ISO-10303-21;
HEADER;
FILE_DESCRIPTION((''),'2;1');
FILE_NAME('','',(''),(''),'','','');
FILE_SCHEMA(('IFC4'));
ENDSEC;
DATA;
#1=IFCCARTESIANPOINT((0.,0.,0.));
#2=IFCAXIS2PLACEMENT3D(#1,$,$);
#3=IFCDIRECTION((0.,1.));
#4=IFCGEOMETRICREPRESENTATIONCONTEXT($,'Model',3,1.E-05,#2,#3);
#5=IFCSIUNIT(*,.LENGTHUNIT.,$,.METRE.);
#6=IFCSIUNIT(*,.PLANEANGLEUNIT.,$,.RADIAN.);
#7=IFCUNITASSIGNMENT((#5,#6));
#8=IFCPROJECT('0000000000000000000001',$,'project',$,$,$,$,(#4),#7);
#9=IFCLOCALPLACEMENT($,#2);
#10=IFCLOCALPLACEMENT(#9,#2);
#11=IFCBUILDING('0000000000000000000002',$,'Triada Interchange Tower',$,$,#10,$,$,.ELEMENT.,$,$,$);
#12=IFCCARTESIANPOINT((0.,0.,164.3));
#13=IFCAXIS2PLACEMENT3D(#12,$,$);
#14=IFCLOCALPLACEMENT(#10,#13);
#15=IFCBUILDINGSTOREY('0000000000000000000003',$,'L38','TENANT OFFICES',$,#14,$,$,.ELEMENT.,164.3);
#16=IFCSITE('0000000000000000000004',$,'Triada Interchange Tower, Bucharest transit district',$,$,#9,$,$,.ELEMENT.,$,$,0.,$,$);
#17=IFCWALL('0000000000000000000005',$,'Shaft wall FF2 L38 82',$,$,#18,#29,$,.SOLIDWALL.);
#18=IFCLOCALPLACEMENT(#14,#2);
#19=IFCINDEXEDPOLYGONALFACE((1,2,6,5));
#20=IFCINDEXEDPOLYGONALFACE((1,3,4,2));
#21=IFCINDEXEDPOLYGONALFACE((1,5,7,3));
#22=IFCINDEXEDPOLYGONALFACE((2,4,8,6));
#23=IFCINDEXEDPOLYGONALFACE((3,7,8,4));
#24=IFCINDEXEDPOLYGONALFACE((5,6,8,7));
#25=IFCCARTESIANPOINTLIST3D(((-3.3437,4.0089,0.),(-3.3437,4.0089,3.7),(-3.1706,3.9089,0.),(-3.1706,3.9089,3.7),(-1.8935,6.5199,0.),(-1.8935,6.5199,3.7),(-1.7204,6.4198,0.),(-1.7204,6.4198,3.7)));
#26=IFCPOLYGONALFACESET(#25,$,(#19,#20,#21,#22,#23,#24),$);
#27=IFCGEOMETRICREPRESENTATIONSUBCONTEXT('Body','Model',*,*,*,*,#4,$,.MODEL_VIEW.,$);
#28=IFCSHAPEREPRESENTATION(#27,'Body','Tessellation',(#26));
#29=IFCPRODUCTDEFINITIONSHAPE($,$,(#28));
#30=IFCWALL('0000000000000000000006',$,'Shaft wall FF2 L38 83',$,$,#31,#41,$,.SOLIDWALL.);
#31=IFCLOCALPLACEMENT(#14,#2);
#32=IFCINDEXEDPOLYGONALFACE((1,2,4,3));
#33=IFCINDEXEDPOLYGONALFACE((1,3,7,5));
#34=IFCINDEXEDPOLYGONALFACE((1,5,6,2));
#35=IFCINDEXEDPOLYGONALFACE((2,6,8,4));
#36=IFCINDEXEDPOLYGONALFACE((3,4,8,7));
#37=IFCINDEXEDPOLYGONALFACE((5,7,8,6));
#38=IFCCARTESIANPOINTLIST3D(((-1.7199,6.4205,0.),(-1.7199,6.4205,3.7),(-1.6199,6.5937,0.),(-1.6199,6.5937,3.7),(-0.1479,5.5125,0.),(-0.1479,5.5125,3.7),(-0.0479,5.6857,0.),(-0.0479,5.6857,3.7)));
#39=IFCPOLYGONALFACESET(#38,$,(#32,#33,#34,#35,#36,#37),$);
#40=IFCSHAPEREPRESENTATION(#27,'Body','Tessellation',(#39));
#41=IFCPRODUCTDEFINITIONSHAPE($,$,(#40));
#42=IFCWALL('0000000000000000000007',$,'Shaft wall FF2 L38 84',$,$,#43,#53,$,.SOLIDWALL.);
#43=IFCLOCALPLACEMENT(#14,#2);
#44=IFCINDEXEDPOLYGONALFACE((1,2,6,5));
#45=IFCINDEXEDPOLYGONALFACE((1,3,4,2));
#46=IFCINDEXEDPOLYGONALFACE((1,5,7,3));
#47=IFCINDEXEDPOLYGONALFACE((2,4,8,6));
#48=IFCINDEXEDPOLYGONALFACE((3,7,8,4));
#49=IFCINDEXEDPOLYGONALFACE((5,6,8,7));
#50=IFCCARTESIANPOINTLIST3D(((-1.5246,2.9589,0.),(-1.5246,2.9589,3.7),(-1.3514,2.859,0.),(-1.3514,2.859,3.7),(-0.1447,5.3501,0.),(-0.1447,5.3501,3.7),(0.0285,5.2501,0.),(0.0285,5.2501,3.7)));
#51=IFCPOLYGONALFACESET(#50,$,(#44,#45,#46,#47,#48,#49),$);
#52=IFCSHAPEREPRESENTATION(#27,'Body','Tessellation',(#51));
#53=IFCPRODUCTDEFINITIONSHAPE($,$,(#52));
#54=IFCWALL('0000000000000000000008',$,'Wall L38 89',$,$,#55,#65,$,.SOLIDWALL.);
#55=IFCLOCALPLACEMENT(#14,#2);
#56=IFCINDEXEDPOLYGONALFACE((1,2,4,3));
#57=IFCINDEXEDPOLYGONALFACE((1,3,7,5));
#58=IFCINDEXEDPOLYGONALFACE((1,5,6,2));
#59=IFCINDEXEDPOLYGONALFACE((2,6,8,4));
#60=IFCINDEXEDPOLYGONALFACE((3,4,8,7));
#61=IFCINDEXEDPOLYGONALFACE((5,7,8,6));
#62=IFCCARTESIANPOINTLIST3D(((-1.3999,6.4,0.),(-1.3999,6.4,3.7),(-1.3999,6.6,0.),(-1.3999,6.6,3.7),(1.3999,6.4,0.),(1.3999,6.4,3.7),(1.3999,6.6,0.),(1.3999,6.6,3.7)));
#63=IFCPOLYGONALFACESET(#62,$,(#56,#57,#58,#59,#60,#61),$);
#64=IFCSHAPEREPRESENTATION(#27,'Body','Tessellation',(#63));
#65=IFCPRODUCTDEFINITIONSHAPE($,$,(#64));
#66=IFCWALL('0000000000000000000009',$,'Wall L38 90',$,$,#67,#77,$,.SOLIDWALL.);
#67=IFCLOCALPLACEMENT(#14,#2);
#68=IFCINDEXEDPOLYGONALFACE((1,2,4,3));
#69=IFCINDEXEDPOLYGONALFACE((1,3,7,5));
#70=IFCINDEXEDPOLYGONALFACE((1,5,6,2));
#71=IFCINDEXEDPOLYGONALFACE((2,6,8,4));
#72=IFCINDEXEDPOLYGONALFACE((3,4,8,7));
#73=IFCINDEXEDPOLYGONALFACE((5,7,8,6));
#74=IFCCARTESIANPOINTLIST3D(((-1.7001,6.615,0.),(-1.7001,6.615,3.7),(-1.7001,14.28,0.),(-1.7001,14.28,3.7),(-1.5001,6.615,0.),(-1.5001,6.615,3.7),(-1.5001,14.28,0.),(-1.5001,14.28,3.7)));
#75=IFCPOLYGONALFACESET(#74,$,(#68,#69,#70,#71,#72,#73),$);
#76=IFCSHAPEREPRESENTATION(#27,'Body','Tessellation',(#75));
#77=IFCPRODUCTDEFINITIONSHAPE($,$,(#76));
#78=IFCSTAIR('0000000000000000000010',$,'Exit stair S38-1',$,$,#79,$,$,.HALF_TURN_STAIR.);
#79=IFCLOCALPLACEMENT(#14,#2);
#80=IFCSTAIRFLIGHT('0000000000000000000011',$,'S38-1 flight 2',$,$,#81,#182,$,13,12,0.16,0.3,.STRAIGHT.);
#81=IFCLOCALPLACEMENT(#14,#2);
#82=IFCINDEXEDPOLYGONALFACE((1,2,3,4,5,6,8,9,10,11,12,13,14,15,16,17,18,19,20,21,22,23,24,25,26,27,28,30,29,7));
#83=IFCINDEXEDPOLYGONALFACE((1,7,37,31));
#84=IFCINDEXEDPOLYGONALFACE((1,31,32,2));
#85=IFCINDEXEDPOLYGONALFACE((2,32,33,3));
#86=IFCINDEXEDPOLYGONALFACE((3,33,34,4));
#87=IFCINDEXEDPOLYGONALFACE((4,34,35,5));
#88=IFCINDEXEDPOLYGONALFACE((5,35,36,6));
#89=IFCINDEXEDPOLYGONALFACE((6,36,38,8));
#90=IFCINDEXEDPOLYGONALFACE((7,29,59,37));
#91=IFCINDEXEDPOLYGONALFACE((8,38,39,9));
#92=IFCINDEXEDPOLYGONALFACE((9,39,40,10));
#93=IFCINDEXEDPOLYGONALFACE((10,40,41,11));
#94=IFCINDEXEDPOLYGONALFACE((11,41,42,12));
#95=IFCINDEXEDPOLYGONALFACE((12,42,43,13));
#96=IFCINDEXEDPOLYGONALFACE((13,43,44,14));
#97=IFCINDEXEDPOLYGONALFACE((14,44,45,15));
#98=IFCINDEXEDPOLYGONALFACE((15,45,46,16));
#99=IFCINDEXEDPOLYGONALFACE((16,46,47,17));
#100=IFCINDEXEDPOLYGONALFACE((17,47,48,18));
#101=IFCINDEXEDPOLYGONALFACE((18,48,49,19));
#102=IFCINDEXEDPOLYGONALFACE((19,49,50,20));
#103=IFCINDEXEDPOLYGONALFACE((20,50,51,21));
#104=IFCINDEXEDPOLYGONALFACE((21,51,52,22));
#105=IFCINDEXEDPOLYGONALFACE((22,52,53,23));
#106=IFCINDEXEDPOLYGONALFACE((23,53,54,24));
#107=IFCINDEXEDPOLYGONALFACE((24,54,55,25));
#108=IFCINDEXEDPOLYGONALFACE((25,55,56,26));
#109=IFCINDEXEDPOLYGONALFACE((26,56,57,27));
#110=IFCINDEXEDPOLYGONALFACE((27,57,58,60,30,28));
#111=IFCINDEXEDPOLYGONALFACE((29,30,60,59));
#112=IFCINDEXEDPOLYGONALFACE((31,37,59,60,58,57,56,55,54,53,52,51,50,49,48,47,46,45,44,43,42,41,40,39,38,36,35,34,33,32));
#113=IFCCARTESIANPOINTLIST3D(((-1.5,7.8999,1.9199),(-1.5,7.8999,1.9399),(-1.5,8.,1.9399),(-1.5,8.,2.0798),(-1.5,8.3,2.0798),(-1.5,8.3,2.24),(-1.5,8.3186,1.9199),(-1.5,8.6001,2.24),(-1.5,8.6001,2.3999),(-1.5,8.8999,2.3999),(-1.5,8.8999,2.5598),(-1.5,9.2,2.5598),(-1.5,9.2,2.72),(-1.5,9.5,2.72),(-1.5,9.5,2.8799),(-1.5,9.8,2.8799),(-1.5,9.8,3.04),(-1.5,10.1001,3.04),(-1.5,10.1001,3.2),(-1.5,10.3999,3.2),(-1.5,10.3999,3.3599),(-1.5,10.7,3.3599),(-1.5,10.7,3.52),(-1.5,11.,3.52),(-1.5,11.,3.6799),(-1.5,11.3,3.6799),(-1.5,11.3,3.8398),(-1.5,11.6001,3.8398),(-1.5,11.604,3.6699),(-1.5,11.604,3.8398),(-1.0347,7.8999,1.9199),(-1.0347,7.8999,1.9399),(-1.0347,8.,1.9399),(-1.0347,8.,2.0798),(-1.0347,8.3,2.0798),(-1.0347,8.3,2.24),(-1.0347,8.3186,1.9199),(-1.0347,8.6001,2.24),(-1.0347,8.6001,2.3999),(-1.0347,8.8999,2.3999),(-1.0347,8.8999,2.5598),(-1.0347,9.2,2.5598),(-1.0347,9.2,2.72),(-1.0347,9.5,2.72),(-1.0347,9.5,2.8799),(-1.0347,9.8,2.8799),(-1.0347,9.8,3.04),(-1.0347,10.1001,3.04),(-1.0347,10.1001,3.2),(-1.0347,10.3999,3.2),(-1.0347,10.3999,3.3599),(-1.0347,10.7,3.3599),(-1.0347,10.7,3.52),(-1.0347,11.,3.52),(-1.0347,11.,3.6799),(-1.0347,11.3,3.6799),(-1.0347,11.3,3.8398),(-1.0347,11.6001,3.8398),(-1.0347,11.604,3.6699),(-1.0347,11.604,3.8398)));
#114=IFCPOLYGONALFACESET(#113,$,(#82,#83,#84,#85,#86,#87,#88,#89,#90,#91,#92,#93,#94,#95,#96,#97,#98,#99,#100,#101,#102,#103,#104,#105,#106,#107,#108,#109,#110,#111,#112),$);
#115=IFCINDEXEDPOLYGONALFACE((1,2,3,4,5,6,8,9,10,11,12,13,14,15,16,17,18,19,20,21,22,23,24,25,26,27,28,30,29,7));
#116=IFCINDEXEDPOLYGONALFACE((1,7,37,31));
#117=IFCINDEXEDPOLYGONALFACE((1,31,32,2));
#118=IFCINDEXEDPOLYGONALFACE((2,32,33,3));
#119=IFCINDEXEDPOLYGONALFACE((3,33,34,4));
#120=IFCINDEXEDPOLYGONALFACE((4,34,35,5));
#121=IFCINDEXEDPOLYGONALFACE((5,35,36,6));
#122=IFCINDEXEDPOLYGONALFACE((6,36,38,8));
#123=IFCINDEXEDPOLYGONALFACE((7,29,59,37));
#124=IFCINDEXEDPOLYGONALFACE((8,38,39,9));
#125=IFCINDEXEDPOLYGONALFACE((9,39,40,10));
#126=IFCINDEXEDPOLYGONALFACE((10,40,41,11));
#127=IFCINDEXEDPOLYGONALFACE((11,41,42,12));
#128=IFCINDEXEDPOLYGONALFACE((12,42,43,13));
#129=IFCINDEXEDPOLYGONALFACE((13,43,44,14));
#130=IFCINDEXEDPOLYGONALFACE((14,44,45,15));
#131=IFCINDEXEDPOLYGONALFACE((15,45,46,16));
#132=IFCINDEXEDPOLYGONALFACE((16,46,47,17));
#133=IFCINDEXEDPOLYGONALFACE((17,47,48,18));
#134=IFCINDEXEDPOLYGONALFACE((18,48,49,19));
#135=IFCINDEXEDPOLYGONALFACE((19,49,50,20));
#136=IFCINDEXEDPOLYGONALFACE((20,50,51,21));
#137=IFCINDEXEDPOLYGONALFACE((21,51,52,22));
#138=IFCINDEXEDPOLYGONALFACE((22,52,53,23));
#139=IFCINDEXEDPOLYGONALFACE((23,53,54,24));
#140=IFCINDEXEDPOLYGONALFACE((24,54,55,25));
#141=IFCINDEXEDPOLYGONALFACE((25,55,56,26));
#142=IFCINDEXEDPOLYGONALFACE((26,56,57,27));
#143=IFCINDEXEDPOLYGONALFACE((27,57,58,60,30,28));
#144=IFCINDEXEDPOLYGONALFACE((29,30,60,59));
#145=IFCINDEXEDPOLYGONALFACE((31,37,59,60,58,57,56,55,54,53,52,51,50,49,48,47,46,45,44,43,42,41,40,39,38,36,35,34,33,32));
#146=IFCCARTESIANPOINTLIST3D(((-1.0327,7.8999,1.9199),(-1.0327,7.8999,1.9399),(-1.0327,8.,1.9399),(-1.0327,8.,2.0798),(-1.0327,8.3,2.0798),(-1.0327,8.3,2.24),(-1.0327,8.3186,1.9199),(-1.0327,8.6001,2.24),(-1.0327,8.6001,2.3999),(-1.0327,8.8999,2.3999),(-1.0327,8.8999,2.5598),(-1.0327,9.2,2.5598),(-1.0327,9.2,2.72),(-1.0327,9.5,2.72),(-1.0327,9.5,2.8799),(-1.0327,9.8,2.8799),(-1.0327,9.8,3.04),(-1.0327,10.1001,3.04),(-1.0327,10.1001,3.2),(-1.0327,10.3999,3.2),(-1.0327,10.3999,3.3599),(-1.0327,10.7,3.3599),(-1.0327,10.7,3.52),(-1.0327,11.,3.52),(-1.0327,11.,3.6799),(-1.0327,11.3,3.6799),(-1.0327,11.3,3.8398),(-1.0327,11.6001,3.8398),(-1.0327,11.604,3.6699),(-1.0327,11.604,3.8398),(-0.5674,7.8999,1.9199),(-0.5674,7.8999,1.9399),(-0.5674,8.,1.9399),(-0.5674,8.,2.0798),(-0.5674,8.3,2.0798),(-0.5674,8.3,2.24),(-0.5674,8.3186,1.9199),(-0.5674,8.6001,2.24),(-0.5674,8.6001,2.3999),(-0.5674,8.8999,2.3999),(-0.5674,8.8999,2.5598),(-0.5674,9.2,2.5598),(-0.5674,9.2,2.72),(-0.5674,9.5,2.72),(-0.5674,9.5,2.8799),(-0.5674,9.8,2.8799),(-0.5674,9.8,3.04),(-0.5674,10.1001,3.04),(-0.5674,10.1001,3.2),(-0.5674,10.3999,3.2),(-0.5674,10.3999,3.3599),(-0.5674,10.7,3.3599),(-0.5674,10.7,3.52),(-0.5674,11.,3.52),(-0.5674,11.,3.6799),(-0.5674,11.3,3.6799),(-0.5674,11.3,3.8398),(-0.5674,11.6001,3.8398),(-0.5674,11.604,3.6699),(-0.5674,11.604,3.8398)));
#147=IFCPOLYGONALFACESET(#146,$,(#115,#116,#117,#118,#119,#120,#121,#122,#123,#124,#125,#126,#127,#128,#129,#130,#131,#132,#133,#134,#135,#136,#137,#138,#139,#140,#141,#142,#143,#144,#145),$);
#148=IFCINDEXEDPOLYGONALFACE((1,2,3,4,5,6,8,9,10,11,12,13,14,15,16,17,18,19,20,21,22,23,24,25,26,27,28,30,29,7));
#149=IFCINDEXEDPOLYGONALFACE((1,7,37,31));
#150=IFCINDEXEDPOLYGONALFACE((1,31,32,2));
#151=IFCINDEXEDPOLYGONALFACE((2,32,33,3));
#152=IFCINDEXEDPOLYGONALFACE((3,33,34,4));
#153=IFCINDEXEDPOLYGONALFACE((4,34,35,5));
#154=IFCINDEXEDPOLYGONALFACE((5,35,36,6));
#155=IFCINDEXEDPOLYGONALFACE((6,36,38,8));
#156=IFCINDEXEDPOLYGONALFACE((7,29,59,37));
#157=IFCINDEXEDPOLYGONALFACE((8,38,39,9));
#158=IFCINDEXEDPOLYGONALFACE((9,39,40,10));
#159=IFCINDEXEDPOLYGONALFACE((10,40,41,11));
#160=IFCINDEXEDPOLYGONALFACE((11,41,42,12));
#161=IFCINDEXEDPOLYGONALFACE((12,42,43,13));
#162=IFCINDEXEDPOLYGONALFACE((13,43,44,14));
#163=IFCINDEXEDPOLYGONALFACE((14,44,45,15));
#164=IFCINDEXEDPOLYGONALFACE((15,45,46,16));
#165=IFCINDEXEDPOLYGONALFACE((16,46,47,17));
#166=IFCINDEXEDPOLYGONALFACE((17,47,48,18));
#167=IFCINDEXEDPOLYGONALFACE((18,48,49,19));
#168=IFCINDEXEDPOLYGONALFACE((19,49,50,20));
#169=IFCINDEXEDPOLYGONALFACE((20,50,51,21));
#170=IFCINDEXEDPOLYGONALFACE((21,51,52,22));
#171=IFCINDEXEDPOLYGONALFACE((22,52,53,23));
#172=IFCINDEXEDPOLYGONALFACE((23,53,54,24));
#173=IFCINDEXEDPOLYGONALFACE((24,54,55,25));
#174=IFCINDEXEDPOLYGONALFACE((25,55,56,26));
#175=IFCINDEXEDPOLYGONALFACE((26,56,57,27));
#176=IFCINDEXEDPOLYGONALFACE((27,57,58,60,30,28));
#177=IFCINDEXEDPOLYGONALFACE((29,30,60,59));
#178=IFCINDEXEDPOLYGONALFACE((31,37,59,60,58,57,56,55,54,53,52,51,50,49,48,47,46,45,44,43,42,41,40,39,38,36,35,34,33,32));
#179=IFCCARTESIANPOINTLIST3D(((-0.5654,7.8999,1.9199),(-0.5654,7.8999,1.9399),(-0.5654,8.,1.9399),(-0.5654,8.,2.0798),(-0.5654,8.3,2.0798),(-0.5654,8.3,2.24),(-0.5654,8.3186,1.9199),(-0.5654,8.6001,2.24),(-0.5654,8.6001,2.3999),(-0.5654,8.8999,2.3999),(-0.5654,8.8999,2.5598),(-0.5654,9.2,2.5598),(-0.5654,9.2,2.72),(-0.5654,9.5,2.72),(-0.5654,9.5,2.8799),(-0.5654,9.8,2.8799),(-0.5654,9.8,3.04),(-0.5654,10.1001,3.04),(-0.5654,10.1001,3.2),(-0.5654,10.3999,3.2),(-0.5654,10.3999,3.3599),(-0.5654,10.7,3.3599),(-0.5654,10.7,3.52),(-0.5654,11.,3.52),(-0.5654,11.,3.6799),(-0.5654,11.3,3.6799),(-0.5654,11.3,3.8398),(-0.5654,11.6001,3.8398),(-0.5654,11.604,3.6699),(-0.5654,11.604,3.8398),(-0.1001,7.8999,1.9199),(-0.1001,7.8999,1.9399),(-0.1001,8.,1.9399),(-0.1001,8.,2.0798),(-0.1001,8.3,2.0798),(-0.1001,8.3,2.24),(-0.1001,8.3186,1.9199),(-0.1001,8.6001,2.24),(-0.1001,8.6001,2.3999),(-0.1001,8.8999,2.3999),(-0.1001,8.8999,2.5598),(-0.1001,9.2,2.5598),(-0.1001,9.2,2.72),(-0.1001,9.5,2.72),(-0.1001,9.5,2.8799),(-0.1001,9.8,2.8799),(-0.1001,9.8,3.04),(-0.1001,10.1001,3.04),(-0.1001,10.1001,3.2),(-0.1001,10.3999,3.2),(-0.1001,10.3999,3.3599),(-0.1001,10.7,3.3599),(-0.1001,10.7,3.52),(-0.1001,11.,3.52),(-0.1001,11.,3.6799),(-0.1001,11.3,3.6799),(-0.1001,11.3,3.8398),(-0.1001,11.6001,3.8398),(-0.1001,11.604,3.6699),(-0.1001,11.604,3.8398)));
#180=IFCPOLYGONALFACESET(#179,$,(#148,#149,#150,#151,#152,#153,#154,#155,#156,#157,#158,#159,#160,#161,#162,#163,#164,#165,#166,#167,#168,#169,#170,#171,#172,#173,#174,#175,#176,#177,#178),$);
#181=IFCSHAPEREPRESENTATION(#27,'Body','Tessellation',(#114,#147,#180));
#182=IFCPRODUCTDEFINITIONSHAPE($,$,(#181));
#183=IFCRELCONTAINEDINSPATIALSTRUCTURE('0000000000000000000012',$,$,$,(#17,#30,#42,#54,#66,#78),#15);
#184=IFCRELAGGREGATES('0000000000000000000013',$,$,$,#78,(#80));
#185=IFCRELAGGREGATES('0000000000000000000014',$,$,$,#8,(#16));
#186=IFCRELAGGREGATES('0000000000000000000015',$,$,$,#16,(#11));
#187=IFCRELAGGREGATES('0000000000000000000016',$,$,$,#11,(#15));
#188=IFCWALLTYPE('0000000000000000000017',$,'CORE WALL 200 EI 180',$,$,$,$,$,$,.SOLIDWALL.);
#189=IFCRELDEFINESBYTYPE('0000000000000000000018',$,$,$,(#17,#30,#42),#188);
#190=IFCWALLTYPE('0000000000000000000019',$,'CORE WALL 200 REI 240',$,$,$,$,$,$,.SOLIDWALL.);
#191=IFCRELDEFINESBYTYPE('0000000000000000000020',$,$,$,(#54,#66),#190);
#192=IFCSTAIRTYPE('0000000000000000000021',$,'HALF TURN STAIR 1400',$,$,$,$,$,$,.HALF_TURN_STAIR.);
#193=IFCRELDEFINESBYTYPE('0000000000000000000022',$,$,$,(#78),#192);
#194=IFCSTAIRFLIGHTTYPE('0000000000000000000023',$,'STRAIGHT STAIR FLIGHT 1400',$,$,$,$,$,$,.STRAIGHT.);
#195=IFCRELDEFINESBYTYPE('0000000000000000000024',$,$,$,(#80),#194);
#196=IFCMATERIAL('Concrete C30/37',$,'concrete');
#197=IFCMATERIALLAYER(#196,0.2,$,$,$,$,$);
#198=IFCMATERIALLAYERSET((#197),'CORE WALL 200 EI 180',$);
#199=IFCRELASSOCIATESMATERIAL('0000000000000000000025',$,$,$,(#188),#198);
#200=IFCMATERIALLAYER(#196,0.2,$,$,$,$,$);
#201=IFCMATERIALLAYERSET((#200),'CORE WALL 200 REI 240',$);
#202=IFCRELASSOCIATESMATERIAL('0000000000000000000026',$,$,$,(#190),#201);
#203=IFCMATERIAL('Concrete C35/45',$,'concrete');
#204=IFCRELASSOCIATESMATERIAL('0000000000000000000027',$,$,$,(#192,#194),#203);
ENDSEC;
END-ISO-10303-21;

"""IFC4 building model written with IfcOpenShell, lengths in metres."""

from ifc_helpers import new_model, si_unit, direction, frame, frame_2d, origin, place, context, subcontext, project, spatial, polyline, rectangle, outline, extrude, material, layer, layer_set, type_object, element, aggregate, save


model = new_model("IFC4")

# Units and contexts
model_context = context("Model", 3, precision=1e-05, world=origin(), true_north=direction((0.0, 1.0)))
body_context = subcontext(model_context, "Body", "Model", "MODEL_VIEW")
ifc_project = project(units=[si_unit("LENGTHUNIT", "METRE"), si_unit("PLANEANGLEUNIT", "RADIAN")], contexts=[model_context])

# Site, building, storey
site_placement = place(None, origin())
site = spatial("IfcSite", under=ifc_project, at=site_placement, Name="Triada Interchange Tower, Bucharest transit district", CompositionType="ELEMENT", RefElevation=0.0)
building_placement = place(site_placement, origin())
building = spatial("IfcBuilding", under=site, at=building_placement, Name="Triada Interchange Tower", CompositionType="ELEMENT")
storey_placement = place(building_placement, frame((0.0, 0.0, 164.3)))
storey = spatial("IfcBuildingStorey", under=building, at=storey_placement, Name="L38", Description="TENANT OFFICES", CompositionType="ELEMENT", Elevation=164.3)

# Shared definitions
ifc_material_1 = material(Name="Concrete C30/37", Category="concrete")
ifc_layer_1 = layer(ifc_material_1, 0.2)
ifc_layer_set_1 = layer_set([ifc_layer_1], Name="CORE WALL 200 EI 180")
wall_type_1 = type_object("IfcWallType", Name="CORE WALL 200 EI 180", PredefinedType="SOLIDWALL", material=ifc_layer_set_1)

# Walls
wall_1_placement = place(storey_placement, frame((-3.2571, 3.959, 0.0), z_axis=(0.0, 0.0, 1.0), x_axis=(0.500123, 0.865954, 0.0)))
element("IfcWall", 1, at=wall_1_placement, inside=storey, type_object=wall_type_1, Name="Shaft wall FF2 L38 82", PredefinedType="SOLIDWALL", context=body_context, shape_type="SweptSolid", body=[
    extrude(rectangle(XDim=2.8997, YDim=0.2, at=frame_2d((1.4497, 0.0))), origin(), (0.0, 0.0, 1.0), 3.7),
])
wall_2_placement = place(storey_placement, frame((-1.6699, 6.5071, 0.0), z_axis=(0.0, 0.0, 1.0), x_axis=(0.865941, -0.500145, 0.0)))
element("IfcWall", 2, at=wall_2_placement, inside=storey, type_object=wall_type_1, Name="Shaft wall FF2 L38 83", PredefinedType="SOLIDWALL", context=body_context, shape_type="SweptSolid", body=[
    extrude(rectangle(XDim=1.8154, YDim=0.2, at=frame_2d((0.9077, 0.0))), origin(), (0.0, 0.0, 1.0), 3.7),
])
wall_3_placement = place(storey_placement, frame((-1.438, 2.9089, 0.0), z_axis=(0.0, 0.0, 1.0), x_axis=(0.49983, 0.866124, 0.0)))
element("IfcWall", 3, at=wall_3_placement, inside=storey, type_object=wall_type_1, Name="Shaft wall FF2 L38 84", PredefinedType="SOLIDWALL", context=body_context, shape_type="SweptSolid", body=[
    extrude(rectangle(XDim=2.7607, YDim=0.2, at=frame_2d((1.3804, 0.0))), origin(), (0.0, 0.0, 1.0), 3.7),
])
ifc_layer_2 = layer(ifc_material_1, 0.2)
ifc_layer_set_2 = layer_set([ifc_layer_2], Name="CORE WALL 200 REI 240")
wall_type_2 = type_object("IfcWallType", Name="CORE WALL 200 REI 240", PredefinedType="SOLIDWALL", material=ifc_layer_set_2)
wall_4_placement = place(storey_placement, frame((-1.3999, 6.5, 0.0), z_axis=(0.0, 0.0, 1.0), x_axis=(1.0, 0.0, 0.0)))
element("IfcWall", 4, at=wall_4_placement, inside=storey, type_object=wall_type_2, Name="Wall L38 89", PredefinedType="SOLIDWALL", context=body_context, shape_type="SweptSolid", body=[
    extrude(rectangle(XDim=2.7998, YDim=0.2, at=frame_2d((1.3999, 0.0))), origin(), (0.0, 0.0, 1.0), 3.7),
])
wall_5_placement = place(storey_placement, frame((-1.6001, 6.615, 0.0), z_axis=(0.0, 0.0, 1.0), x_axis=(0.0, 1.0, 0.0)))
element("IfcWall", 5, at=wall_5_placement, inside=storey, type_object=wall_type_2, Name="Wall L38 90", PredefinedType="SOLIDWALL", context=body_context, shape_type="SweptSolid", body=[
    extrude(rectangle(XDim=7.665, YDim=0.2, at=frame_2d((3.8325, 0.0))), origin(), (0.0, 0.0, 1.0), 3.7),
])

# Stair, stair flight
ifc_material_2 = material(Name="Concrete C35/45", Category="concrete")
stair_type = type_object("IfcStairType", Name="HALF TURN STAIR 1400", PredefinedType="HALF_TURN_STAIR", material=ifc_material_2)
stair_placement = place(storey_placement, origin())
stair = element("IfcStair", 6, at=stair_placement, inside=storey, type_object=stair_type, Name="Exit stair S38-1", PredefinedType="HALF_TURN_STAIR")
stair_flight_type = type_object("IfcStairFlightType", Name="STRAIGHT STAIR FLIGHT 1400", PredefinedType="STRAIGHT", material=ifc_material_2)
stair_flight_placement = place(storey_placement, frame((-0.8, 8.0, 1.9199), z_axis=(0.0, 0.0, 1.0), x_axis=(0.0, 1.0, 0.0)))
stair_flight = element("IfcStairFlight", 7, at=stair_flight_placement, type_object=stair_flight_type, Name="S38-1 flight 2", NumberOfRisers=13, NumberOfTreads=12, PredefinedType="STRAIGHT", RiserHeight=0.16, TreadLength=0.3, context=body_context, shape_type="SweptSolid", body=[
    extrude(outline(polyline([(-0.1001, 0.0), (-0.1001, 0.02), (0.0, 0.02), (0.0, 0.1599), (0.3, 0.1599), (0.3, 0.3201), (0.6001, 0.3201), (0.6001, 0.48), (0.8999, 0.48), (0.8999, 0.6399), (1.2, 0.6399), (1.2, 0.8), (1.5, 0.8), (1.5, 0.96), (1.8, 0.96), (1.8, 1.1201), (2.1001, 1.1201), (2.1001, 1.28), (2.3999, 1.28), (2.3999, 1.4399), (2.7, 1.4399), (2.7, 1.6001), (3.0, 1.6001), (3.0, 1.76), (3.3, 1.76), (3.3, 1.9199), (3.6001, 1.9199), (3.604, 1.9199), (3.604, 2.0801), (3.604, 1.75), (0.3186, 0.0), (-0.1001, 0.0)])), frame((0.0, 0.7, 0.0), z_axis=(0.0, -1.0, 0.0), x_axis=(1.0, 0.0, 0.0)), (0.0, 0.0, 1.0), 0.4653),
    extrude(outline(polyline([(-0.1001, 0.0), (-0.1001, 0.02), (0.0, 0.02), (0.0, 0.1599), (0.3, 0.1599), (0.3, 0.3201), (0.6001, 0.3201), (0.6001, 0.48), (0.8999, 0.48), (0.8999, 0.6399), (1.2, 0.6399), (1.2, 0.8), (1.5, 0.8), (1.5, 0.96), (1.8, 0.96), (1.8, 1.1201), (2.1001, 1.1201), (2.1001, 1.28), (2.3999, 1.28), (2.3999, 1.4399), (2.7, 1.4399), (2.7, 1.6001), (3.0, 1.6001), (3.0, 1.76), (3.3, 1.76), (3.3, 1.9199), (3.6001, 1.9199), (3.604, 1.9199), (3.604, 2.0801), (3.604, 1.75), (0.3186, 0.0), (-0.1001, 0.0)])), frame((0.0, 0.2327, 0.0), z_axis=(0.0, -1.0, 0.0), x_axis=(1.0, 0.0, 0.0)), (0.0, 0.0, 1.0), 0.4653),
    extrude(outline(polyline([(-0.1001, 0.0), (-0.1001, 0.02), (0.0, 0.02), (0.0, 0.1599), (0.3, 0.1599), (0.3, 0.3201), (0.6001, 0.3201), (0.6001, 0.48), (0.8999, 0.48), (0.8999, 0.6399), (1.2, 0.6399), (1.2, 0.8), (1.5, 0.8), (1.5, 0.96), (1.8, 0.96), (1.8, 1.1201), (2.1001, 1.1201), (2.1001, 1.28), (2.3999, 1.28), (2.3999, 1.4399), (2.7, 1.4399), (2.7, 1.6001), (3.0, 1.6001), (3.0, 1.76), (3.3, 1.76), (3.3, 1.9199), (3.6001, 1.9199), (3.604, 1.9199), (3.604, 2.0801), (3.604, 1.75), (0.3186, 0.0), (-0.1001, 0.0)])), frame((0.0, -0.2346, 0.0), z_axis=(0.0, -1.0, 0.0), x_axis=(1.0, 0.0, 0.0)), (0.0, 0.0, 1.0), 0.4653),
])
aggregate(stair, [stair_flight])

save(model, "model.ifc")
